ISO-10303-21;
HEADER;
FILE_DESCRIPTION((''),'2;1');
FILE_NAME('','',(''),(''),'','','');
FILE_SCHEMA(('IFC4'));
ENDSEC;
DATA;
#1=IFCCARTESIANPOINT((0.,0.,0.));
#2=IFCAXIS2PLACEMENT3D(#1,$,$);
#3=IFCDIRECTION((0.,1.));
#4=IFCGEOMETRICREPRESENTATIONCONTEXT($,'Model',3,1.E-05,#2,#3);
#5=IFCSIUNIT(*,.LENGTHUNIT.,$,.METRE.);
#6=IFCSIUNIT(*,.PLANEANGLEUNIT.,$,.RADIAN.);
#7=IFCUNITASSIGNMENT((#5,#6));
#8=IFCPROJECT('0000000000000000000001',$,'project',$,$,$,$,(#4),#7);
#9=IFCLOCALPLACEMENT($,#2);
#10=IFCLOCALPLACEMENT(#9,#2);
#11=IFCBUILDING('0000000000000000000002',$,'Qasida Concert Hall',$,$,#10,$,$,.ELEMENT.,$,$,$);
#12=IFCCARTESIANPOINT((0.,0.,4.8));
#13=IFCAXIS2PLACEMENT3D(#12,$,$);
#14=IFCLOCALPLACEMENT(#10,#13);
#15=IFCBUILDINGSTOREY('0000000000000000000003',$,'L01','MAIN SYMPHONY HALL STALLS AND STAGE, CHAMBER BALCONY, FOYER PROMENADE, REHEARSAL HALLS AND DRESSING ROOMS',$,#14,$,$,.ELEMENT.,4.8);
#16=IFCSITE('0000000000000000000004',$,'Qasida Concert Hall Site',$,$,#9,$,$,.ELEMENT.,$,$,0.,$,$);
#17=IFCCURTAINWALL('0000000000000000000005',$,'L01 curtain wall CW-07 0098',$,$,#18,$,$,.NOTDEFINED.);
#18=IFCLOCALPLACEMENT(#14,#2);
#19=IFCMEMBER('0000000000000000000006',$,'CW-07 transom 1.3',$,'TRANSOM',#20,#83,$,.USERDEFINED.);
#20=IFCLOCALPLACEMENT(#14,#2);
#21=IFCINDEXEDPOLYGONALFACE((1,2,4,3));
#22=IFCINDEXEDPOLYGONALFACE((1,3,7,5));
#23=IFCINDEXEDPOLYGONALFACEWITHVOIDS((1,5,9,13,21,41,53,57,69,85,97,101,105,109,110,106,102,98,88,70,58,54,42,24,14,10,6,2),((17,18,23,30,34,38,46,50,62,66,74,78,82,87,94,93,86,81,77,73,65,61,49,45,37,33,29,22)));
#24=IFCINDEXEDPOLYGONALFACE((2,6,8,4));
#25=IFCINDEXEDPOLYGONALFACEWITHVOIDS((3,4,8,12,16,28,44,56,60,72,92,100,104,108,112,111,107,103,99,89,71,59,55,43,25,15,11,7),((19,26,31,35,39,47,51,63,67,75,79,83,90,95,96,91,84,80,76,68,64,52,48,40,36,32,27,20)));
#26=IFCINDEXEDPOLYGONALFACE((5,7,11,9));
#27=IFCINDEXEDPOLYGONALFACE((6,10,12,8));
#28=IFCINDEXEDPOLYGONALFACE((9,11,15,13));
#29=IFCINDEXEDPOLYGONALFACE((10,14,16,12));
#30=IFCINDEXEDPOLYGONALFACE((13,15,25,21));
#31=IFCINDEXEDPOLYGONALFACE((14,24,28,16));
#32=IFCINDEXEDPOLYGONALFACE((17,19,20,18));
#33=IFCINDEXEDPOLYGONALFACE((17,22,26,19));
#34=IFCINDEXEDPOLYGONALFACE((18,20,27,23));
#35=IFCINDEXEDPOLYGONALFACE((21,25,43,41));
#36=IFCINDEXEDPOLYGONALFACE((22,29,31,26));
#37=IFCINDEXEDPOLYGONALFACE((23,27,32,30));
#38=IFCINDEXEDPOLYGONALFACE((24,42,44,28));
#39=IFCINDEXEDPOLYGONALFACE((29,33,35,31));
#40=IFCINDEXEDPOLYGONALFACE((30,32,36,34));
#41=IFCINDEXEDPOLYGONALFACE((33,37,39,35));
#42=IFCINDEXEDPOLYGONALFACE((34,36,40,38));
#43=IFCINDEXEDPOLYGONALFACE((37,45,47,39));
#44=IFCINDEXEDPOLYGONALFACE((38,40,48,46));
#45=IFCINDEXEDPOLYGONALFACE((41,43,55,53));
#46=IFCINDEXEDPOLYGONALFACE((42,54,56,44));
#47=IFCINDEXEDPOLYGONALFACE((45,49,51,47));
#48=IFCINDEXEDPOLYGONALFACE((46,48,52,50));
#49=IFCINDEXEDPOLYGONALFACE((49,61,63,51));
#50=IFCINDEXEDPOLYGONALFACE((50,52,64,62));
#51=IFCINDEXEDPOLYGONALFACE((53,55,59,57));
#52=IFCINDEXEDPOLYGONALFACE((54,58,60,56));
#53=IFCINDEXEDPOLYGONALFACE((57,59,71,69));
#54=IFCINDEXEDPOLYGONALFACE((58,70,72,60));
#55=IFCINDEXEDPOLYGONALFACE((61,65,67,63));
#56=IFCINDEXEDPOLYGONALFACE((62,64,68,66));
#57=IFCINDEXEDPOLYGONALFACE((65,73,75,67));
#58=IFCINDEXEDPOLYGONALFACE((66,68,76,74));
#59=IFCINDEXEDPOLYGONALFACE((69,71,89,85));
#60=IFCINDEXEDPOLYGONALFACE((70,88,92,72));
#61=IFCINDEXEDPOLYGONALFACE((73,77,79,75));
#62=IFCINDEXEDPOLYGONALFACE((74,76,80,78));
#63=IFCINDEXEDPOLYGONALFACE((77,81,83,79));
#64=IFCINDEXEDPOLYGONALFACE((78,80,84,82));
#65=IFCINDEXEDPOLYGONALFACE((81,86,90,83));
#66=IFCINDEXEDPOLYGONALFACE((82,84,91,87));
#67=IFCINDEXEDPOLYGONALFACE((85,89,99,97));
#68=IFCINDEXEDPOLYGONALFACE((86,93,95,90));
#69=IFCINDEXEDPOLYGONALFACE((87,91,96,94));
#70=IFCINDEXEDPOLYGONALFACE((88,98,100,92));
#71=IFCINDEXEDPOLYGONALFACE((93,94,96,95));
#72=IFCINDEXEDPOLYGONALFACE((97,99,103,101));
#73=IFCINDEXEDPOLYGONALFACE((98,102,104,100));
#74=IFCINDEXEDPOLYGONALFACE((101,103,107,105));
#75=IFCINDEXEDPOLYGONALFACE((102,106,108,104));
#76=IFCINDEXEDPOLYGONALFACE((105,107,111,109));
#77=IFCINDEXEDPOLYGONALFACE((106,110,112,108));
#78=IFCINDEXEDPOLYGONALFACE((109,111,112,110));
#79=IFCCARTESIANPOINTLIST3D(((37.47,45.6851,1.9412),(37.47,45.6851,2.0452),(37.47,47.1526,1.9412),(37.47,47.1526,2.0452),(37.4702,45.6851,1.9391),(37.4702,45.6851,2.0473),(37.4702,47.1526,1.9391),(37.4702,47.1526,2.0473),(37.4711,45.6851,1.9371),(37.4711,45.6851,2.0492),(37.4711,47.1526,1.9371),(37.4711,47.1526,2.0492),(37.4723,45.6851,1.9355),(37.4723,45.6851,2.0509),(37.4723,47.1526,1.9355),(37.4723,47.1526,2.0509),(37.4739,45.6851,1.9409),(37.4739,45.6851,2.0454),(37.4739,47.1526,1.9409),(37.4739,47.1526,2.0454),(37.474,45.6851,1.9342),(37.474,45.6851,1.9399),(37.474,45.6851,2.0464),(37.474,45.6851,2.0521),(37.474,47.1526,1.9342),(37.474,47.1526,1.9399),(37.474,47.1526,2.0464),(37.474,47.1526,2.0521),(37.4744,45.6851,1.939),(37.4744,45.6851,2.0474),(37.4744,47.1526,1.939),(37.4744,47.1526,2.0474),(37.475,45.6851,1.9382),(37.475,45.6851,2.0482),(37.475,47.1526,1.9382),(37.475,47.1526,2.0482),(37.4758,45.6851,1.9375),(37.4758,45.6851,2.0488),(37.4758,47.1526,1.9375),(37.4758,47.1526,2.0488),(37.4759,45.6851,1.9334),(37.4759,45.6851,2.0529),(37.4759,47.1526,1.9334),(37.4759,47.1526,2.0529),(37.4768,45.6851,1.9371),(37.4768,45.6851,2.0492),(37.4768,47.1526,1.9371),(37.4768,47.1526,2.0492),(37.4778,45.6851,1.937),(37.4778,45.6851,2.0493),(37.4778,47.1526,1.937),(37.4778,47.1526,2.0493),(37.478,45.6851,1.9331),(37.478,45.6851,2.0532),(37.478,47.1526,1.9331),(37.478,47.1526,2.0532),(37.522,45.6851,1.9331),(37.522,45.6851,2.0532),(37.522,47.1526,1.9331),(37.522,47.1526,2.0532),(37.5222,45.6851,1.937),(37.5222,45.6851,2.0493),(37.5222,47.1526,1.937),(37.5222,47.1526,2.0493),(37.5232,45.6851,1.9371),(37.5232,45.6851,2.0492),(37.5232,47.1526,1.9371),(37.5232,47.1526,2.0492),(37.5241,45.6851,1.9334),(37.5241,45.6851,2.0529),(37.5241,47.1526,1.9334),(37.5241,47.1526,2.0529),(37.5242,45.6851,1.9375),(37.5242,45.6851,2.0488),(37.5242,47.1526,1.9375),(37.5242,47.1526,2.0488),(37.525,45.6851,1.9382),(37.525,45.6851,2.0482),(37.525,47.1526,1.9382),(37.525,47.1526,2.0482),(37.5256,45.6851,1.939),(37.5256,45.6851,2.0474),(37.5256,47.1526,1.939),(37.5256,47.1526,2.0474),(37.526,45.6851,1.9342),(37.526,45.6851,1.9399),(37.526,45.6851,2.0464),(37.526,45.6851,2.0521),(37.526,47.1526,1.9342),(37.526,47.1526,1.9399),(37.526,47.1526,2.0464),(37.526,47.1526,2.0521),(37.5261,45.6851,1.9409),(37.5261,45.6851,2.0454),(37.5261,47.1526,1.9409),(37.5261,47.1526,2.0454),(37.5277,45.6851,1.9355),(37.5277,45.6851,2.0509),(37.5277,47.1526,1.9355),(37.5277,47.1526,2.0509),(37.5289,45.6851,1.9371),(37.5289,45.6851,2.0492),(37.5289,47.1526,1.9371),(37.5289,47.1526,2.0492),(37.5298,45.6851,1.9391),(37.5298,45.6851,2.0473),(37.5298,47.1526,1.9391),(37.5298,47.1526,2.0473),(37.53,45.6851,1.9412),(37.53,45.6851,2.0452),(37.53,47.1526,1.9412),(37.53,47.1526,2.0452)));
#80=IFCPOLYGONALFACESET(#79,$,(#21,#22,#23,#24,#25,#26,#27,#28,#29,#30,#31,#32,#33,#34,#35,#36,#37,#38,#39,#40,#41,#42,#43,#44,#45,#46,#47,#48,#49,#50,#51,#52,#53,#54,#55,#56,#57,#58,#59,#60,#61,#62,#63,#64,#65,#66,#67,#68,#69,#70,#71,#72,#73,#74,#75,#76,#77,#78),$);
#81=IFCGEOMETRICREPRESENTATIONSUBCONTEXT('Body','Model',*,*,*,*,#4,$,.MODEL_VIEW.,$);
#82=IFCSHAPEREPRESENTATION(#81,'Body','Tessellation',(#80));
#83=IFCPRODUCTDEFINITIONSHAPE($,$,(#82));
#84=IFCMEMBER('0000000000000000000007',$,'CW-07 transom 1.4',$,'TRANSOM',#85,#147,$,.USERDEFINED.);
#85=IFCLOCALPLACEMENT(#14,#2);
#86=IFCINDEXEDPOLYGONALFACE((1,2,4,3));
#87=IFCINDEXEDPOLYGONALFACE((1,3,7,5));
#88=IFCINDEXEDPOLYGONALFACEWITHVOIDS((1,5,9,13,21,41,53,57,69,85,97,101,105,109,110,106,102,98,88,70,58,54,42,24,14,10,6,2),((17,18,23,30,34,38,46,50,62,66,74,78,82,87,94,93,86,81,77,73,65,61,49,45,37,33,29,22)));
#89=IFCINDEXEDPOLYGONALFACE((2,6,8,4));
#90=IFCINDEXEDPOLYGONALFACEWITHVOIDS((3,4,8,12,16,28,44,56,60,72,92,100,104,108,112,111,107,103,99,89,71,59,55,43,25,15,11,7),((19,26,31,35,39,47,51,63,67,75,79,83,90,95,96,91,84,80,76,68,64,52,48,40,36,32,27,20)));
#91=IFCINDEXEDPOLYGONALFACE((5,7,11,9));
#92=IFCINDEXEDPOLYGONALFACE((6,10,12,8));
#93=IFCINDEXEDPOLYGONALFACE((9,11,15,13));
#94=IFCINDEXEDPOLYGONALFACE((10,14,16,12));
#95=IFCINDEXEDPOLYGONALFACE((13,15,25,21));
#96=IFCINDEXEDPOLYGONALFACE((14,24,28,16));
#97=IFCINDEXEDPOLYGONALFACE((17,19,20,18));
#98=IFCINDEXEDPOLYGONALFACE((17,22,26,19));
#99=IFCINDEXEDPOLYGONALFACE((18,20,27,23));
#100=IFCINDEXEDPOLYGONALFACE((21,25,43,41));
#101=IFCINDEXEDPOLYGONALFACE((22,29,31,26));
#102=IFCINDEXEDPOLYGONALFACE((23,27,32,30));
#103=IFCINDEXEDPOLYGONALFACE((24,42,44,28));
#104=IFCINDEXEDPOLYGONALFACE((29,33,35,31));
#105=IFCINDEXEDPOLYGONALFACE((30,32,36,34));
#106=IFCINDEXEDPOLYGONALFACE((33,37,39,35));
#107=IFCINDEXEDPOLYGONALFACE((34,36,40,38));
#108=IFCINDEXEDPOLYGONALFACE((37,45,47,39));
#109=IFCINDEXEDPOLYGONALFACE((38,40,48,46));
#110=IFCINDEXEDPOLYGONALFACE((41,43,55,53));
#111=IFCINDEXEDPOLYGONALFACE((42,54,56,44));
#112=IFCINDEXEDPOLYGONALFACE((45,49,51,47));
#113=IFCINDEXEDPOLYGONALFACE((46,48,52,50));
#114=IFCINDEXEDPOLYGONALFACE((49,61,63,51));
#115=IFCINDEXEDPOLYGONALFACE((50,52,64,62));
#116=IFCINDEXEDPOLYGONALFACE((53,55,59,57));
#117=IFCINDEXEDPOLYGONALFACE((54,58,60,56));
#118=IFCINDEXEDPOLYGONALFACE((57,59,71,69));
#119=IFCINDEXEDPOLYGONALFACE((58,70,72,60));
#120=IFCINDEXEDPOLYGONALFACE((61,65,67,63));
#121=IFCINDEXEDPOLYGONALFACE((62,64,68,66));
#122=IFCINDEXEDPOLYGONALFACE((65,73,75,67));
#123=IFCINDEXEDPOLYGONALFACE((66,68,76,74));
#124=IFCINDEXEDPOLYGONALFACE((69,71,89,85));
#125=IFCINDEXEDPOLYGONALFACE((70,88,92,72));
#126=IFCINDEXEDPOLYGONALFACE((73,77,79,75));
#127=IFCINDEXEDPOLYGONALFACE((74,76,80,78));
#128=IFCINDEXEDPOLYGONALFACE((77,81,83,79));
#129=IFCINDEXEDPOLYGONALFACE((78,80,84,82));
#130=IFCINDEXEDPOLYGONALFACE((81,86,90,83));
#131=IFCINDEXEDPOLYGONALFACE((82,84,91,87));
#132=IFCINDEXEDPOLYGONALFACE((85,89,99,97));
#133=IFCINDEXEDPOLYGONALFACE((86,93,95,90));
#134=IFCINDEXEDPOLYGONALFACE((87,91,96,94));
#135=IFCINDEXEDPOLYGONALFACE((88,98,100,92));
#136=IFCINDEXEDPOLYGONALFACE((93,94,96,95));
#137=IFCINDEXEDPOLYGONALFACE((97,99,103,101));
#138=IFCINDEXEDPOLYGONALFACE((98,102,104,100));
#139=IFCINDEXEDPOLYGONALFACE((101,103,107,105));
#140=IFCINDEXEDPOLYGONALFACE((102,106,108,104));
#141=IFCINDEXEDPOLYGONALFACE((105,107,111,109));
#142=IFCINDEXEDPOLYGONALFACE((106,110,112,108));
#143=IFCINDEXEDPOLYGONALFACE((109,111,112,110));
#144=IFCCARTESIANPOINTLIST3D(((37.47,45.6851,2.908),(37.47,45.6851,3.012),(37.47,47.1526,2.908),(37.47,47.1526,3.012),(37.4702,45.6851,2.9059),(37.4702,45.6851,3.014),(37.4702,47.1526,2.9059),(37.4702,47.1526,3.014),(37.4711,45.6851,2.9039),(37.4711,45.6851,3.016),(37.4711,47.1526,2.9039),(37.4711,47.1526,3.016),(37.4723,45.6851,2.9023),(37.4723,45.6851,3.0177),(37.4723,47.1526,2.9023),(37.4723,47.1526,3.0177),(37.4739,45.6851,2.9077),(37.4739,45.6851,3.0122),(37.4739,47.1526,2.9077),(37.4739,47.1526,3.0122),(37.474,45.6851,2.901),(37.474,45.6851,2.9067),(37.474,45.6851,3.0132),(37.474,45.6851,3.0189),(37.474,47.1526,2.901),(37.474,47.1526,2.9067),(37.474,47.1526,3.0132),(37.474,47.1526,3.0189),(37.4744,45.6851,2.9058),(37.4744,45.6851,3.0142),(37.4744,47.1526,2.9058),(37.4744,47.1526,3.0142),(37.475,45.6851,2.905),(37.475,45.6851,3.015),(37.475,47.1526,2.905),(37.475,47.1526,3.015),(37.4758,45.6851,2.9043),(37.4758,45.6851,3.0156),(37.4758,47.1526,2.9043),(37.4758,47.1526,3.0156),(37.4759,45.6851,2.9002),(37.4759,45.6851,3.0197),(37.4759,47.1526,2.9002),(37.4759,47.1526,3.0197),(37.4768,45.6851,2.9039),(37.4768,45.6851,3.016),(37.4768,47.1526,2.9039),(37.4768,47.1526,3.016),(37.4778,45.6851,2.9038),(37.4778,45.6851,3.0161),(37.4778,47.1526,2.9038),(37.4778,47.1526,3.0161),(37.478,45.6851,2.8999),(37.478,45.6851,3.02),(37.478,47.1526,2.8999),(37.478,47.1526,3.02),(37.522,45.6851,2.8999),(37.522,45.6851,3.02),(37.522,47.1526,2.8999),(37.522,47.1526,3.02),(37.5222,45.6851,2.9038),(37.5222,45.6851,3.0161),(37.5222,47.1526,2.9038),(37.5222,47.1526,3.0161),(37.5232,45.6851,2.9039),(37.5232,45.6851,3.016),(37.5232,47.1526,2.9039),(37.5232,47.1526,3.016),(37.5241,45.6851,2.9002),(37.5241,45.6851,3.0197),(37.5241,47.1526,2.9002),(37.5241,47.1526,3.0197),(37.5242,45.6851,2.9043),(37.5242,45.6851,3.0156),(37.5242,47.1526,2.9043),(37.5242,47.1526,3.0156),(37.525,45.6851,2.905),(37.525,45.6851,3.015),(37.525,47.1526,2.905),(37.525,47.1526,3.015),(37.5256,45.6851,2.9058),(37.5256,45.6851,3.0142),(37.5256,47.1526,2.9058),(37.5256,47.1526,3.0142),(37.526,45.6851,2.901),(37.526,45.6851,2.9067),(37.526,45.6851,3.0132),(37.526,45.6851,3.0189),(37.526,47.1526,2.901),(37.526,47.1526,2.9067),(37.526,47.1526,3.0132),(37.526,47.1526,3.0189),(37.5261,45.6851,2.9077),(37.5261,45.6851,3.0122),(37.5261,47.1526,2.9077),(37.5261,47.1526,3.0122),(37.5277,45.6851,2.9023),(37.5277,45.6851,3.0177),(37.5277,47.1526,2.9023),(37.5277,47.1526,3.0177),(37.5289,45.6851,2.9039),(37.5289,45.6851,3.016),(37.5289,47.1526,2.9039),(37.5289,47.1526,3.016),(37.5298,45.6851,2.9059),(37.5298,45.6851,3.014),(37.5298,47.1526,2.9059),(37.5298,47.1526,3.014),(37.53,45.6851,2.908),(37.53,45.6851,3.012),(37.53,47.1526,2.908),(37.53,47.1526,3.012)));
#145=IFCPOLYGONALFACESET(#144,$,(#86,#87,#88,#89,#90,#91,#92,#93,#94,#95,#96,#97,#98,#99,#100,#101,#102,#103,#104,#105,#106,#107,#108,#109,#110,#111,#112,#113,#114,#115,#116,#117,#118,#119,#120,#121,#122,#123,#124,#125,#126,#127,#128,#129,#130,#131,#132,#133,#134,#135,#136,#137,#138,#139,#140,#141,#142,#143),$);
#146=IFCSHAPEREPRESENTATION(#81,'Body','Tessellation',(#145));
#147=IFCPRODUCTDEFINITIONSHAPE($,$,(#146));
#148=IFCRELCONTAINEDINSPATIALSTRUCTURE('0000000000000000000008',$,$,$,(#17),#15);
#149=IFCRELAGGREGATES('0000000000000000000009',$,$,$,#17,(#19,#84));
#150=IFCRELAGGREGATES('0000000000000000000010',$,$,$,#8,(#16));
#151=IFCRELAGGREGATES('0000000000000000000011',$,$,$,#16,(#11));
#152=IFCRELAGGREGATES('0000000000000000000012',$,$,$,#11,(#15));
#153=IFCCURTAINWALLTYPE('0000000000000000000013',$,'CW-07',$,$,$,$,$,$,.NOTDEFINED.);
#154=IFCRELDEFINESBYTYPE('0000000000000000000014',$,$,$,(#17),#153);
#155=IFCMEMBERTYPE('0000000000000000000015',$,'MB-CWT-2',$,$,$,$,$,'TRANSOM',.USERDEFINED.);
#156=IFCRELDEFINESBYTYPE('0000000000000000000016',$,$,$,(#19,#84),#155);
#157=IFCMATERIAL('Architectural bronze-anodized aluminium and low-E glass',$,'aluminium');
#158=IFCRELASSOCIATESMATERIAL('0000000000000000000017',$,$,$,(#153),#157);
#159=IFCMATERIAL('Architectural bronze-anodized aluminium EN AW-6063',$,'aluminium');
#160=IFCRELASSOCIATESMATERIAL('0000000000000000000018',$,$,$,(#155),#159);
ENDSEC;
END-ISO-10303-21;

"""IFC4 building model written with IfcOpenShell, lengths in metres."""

from ifc_helpers import new_model, si_unit, direction, frame, origin, origin_2d, place, context, subcontext, project, spatial, hollow_rectangle, extrude, material, material_profile, profile_set, type_object, element, aggregate, save


model = new_model("IFC4")

# Units and contexts
model_context = context("Model", 3, precision=1e-05, world=origin(), true_north=direction((0.0, 1.0)))
body_context = subcontext(model_context, "Body", "Model", "MODEL_VIEW")
ifc_project = project(units=[si_unit("LENGTHUNIT", "METRE"), si_unit("PLANEANGLEUNIT", "RADIAN")], contexts=[model_context])

# Site, building, storey
site_placement = place(None, origin())
site = spatial("IfcSite", under=ifc_project, at=site_placement, Name="Qasida Concert Hall Site", CompositionType="ELEMENT", RefElevation=0.0)
building_placement = place(site_placement, origin())
building = spatial("IfcBuilding", under=site, at=building_placement, Name="Qasida Concert Hall", CompositionType="ELEMENT")
storey_placement = place(building_placement, frame((0.0, 0.0, 4.8)))
storey = spatial("IfcBuildingStorey", under=building, at=storey_placement, Name="L01", Description="MAIN SYMPHONY HALL STALLS AND STAGE, CHAMBER BALCONY, FOYER PROMENADE, REHEARSAL HALLS AND DRESSING ROOMS", CompositionType="ELEMENT", Elevation=4.8)

# Curtain wall, members
ifc_material_1 = material(Name="Architectural bronze-anodized aluminium and low-E glass", Category="aluminium")
curtain_wall_type = type_object("IfcCurtainWallType", Name="CW-07", PredefinedType="NOTDEFINED", material=ifc_material_1)
curtain_wall_placement = place(storey_placement, origin())
curtain_wall = element("IfcCurtainWall", 1, at=curtain_wall_placement, inside=storey, type_object=curtain_wall_type, Name="L01 curtain wall CW-07 0098", PredefinedType="NOTDEFINED")
ifc_material_2 = material(Name="Architectural bronze-anodized aluminium EN AW-6063", Category="aluminium")
ifc_material_profile_1 = material_profile(ifc_material_2, hollow_rectangle(XDim=0.0601, YDim=0.1201, WallThickness=0.0039, InnerFilletRadius=0.0039, OuterFilletRadius=0.0081, at=origin_2d()), Name="CWT 120x60x4")
ifc_profile_set_1 = profile_set([ifc_material_profile_1], Name="Architectural bronze-anodized aluminium EN AW-6063")
member_type_1 = type_object("IfcMemberType", Name="MB-CWT-2", ElementType="TRANSOM", PredefinedType="USERDEFINED", material=ifc_profile_set_1)
member_1_placement = place(storey_placement, frame((37.5, 45.6851, 1.9932), z_axis=(0.0, 1.0, 0.0), x_axis=(-1.0, 0.0, 0.0)))
member_1 = element("IfcMember", 2, at=member_1_placement, type_object=member_type_1, Name="CW-07 transom 1.3", ObjectType="TRANSOM", PredefinedType="USERDEFINED", context=body_context, shape_type="SweptSolid", body=[
    extrude(hollow_rectangle(XDim=0.0601, YDim=0.1201, WallThickness=0.0039, InnerFilletRadius=0.0039, OuterFilletRadius=0.0081, at=origin_2d()), origin(), (0.0, 0.0, 1.0), 1.4675),
])
member_2_placement = place(storey_placement, frame((37.5, 45.6851, 2.96), z_axis=(0.0, 1.0, 0.0), x_axis=(-1.0, 0.0, 0.0)))
member_2 = element("IfcMember", 3, at=member_2_placement, type_object=member_type_1, Name="CW-07 transom 1.4", ObjectType="TRANSOM", PredefinedType="USERDEFINED", context=body_context, shape_type="SweptSolid", body=[
    extrude(hollow_rectangle(XDim=0.0601, YDim=0.1201, WallThickness=0.0039, InnerFilletRadius=0.0039, OuterFilletRadius=0.0081, at=origin_2d()), origin(), (0.0, 0.0, 1.0), 1.4675),
])
aggregate(curtain_wall, [member_1, member_2])

save(model, "model.ifc")
